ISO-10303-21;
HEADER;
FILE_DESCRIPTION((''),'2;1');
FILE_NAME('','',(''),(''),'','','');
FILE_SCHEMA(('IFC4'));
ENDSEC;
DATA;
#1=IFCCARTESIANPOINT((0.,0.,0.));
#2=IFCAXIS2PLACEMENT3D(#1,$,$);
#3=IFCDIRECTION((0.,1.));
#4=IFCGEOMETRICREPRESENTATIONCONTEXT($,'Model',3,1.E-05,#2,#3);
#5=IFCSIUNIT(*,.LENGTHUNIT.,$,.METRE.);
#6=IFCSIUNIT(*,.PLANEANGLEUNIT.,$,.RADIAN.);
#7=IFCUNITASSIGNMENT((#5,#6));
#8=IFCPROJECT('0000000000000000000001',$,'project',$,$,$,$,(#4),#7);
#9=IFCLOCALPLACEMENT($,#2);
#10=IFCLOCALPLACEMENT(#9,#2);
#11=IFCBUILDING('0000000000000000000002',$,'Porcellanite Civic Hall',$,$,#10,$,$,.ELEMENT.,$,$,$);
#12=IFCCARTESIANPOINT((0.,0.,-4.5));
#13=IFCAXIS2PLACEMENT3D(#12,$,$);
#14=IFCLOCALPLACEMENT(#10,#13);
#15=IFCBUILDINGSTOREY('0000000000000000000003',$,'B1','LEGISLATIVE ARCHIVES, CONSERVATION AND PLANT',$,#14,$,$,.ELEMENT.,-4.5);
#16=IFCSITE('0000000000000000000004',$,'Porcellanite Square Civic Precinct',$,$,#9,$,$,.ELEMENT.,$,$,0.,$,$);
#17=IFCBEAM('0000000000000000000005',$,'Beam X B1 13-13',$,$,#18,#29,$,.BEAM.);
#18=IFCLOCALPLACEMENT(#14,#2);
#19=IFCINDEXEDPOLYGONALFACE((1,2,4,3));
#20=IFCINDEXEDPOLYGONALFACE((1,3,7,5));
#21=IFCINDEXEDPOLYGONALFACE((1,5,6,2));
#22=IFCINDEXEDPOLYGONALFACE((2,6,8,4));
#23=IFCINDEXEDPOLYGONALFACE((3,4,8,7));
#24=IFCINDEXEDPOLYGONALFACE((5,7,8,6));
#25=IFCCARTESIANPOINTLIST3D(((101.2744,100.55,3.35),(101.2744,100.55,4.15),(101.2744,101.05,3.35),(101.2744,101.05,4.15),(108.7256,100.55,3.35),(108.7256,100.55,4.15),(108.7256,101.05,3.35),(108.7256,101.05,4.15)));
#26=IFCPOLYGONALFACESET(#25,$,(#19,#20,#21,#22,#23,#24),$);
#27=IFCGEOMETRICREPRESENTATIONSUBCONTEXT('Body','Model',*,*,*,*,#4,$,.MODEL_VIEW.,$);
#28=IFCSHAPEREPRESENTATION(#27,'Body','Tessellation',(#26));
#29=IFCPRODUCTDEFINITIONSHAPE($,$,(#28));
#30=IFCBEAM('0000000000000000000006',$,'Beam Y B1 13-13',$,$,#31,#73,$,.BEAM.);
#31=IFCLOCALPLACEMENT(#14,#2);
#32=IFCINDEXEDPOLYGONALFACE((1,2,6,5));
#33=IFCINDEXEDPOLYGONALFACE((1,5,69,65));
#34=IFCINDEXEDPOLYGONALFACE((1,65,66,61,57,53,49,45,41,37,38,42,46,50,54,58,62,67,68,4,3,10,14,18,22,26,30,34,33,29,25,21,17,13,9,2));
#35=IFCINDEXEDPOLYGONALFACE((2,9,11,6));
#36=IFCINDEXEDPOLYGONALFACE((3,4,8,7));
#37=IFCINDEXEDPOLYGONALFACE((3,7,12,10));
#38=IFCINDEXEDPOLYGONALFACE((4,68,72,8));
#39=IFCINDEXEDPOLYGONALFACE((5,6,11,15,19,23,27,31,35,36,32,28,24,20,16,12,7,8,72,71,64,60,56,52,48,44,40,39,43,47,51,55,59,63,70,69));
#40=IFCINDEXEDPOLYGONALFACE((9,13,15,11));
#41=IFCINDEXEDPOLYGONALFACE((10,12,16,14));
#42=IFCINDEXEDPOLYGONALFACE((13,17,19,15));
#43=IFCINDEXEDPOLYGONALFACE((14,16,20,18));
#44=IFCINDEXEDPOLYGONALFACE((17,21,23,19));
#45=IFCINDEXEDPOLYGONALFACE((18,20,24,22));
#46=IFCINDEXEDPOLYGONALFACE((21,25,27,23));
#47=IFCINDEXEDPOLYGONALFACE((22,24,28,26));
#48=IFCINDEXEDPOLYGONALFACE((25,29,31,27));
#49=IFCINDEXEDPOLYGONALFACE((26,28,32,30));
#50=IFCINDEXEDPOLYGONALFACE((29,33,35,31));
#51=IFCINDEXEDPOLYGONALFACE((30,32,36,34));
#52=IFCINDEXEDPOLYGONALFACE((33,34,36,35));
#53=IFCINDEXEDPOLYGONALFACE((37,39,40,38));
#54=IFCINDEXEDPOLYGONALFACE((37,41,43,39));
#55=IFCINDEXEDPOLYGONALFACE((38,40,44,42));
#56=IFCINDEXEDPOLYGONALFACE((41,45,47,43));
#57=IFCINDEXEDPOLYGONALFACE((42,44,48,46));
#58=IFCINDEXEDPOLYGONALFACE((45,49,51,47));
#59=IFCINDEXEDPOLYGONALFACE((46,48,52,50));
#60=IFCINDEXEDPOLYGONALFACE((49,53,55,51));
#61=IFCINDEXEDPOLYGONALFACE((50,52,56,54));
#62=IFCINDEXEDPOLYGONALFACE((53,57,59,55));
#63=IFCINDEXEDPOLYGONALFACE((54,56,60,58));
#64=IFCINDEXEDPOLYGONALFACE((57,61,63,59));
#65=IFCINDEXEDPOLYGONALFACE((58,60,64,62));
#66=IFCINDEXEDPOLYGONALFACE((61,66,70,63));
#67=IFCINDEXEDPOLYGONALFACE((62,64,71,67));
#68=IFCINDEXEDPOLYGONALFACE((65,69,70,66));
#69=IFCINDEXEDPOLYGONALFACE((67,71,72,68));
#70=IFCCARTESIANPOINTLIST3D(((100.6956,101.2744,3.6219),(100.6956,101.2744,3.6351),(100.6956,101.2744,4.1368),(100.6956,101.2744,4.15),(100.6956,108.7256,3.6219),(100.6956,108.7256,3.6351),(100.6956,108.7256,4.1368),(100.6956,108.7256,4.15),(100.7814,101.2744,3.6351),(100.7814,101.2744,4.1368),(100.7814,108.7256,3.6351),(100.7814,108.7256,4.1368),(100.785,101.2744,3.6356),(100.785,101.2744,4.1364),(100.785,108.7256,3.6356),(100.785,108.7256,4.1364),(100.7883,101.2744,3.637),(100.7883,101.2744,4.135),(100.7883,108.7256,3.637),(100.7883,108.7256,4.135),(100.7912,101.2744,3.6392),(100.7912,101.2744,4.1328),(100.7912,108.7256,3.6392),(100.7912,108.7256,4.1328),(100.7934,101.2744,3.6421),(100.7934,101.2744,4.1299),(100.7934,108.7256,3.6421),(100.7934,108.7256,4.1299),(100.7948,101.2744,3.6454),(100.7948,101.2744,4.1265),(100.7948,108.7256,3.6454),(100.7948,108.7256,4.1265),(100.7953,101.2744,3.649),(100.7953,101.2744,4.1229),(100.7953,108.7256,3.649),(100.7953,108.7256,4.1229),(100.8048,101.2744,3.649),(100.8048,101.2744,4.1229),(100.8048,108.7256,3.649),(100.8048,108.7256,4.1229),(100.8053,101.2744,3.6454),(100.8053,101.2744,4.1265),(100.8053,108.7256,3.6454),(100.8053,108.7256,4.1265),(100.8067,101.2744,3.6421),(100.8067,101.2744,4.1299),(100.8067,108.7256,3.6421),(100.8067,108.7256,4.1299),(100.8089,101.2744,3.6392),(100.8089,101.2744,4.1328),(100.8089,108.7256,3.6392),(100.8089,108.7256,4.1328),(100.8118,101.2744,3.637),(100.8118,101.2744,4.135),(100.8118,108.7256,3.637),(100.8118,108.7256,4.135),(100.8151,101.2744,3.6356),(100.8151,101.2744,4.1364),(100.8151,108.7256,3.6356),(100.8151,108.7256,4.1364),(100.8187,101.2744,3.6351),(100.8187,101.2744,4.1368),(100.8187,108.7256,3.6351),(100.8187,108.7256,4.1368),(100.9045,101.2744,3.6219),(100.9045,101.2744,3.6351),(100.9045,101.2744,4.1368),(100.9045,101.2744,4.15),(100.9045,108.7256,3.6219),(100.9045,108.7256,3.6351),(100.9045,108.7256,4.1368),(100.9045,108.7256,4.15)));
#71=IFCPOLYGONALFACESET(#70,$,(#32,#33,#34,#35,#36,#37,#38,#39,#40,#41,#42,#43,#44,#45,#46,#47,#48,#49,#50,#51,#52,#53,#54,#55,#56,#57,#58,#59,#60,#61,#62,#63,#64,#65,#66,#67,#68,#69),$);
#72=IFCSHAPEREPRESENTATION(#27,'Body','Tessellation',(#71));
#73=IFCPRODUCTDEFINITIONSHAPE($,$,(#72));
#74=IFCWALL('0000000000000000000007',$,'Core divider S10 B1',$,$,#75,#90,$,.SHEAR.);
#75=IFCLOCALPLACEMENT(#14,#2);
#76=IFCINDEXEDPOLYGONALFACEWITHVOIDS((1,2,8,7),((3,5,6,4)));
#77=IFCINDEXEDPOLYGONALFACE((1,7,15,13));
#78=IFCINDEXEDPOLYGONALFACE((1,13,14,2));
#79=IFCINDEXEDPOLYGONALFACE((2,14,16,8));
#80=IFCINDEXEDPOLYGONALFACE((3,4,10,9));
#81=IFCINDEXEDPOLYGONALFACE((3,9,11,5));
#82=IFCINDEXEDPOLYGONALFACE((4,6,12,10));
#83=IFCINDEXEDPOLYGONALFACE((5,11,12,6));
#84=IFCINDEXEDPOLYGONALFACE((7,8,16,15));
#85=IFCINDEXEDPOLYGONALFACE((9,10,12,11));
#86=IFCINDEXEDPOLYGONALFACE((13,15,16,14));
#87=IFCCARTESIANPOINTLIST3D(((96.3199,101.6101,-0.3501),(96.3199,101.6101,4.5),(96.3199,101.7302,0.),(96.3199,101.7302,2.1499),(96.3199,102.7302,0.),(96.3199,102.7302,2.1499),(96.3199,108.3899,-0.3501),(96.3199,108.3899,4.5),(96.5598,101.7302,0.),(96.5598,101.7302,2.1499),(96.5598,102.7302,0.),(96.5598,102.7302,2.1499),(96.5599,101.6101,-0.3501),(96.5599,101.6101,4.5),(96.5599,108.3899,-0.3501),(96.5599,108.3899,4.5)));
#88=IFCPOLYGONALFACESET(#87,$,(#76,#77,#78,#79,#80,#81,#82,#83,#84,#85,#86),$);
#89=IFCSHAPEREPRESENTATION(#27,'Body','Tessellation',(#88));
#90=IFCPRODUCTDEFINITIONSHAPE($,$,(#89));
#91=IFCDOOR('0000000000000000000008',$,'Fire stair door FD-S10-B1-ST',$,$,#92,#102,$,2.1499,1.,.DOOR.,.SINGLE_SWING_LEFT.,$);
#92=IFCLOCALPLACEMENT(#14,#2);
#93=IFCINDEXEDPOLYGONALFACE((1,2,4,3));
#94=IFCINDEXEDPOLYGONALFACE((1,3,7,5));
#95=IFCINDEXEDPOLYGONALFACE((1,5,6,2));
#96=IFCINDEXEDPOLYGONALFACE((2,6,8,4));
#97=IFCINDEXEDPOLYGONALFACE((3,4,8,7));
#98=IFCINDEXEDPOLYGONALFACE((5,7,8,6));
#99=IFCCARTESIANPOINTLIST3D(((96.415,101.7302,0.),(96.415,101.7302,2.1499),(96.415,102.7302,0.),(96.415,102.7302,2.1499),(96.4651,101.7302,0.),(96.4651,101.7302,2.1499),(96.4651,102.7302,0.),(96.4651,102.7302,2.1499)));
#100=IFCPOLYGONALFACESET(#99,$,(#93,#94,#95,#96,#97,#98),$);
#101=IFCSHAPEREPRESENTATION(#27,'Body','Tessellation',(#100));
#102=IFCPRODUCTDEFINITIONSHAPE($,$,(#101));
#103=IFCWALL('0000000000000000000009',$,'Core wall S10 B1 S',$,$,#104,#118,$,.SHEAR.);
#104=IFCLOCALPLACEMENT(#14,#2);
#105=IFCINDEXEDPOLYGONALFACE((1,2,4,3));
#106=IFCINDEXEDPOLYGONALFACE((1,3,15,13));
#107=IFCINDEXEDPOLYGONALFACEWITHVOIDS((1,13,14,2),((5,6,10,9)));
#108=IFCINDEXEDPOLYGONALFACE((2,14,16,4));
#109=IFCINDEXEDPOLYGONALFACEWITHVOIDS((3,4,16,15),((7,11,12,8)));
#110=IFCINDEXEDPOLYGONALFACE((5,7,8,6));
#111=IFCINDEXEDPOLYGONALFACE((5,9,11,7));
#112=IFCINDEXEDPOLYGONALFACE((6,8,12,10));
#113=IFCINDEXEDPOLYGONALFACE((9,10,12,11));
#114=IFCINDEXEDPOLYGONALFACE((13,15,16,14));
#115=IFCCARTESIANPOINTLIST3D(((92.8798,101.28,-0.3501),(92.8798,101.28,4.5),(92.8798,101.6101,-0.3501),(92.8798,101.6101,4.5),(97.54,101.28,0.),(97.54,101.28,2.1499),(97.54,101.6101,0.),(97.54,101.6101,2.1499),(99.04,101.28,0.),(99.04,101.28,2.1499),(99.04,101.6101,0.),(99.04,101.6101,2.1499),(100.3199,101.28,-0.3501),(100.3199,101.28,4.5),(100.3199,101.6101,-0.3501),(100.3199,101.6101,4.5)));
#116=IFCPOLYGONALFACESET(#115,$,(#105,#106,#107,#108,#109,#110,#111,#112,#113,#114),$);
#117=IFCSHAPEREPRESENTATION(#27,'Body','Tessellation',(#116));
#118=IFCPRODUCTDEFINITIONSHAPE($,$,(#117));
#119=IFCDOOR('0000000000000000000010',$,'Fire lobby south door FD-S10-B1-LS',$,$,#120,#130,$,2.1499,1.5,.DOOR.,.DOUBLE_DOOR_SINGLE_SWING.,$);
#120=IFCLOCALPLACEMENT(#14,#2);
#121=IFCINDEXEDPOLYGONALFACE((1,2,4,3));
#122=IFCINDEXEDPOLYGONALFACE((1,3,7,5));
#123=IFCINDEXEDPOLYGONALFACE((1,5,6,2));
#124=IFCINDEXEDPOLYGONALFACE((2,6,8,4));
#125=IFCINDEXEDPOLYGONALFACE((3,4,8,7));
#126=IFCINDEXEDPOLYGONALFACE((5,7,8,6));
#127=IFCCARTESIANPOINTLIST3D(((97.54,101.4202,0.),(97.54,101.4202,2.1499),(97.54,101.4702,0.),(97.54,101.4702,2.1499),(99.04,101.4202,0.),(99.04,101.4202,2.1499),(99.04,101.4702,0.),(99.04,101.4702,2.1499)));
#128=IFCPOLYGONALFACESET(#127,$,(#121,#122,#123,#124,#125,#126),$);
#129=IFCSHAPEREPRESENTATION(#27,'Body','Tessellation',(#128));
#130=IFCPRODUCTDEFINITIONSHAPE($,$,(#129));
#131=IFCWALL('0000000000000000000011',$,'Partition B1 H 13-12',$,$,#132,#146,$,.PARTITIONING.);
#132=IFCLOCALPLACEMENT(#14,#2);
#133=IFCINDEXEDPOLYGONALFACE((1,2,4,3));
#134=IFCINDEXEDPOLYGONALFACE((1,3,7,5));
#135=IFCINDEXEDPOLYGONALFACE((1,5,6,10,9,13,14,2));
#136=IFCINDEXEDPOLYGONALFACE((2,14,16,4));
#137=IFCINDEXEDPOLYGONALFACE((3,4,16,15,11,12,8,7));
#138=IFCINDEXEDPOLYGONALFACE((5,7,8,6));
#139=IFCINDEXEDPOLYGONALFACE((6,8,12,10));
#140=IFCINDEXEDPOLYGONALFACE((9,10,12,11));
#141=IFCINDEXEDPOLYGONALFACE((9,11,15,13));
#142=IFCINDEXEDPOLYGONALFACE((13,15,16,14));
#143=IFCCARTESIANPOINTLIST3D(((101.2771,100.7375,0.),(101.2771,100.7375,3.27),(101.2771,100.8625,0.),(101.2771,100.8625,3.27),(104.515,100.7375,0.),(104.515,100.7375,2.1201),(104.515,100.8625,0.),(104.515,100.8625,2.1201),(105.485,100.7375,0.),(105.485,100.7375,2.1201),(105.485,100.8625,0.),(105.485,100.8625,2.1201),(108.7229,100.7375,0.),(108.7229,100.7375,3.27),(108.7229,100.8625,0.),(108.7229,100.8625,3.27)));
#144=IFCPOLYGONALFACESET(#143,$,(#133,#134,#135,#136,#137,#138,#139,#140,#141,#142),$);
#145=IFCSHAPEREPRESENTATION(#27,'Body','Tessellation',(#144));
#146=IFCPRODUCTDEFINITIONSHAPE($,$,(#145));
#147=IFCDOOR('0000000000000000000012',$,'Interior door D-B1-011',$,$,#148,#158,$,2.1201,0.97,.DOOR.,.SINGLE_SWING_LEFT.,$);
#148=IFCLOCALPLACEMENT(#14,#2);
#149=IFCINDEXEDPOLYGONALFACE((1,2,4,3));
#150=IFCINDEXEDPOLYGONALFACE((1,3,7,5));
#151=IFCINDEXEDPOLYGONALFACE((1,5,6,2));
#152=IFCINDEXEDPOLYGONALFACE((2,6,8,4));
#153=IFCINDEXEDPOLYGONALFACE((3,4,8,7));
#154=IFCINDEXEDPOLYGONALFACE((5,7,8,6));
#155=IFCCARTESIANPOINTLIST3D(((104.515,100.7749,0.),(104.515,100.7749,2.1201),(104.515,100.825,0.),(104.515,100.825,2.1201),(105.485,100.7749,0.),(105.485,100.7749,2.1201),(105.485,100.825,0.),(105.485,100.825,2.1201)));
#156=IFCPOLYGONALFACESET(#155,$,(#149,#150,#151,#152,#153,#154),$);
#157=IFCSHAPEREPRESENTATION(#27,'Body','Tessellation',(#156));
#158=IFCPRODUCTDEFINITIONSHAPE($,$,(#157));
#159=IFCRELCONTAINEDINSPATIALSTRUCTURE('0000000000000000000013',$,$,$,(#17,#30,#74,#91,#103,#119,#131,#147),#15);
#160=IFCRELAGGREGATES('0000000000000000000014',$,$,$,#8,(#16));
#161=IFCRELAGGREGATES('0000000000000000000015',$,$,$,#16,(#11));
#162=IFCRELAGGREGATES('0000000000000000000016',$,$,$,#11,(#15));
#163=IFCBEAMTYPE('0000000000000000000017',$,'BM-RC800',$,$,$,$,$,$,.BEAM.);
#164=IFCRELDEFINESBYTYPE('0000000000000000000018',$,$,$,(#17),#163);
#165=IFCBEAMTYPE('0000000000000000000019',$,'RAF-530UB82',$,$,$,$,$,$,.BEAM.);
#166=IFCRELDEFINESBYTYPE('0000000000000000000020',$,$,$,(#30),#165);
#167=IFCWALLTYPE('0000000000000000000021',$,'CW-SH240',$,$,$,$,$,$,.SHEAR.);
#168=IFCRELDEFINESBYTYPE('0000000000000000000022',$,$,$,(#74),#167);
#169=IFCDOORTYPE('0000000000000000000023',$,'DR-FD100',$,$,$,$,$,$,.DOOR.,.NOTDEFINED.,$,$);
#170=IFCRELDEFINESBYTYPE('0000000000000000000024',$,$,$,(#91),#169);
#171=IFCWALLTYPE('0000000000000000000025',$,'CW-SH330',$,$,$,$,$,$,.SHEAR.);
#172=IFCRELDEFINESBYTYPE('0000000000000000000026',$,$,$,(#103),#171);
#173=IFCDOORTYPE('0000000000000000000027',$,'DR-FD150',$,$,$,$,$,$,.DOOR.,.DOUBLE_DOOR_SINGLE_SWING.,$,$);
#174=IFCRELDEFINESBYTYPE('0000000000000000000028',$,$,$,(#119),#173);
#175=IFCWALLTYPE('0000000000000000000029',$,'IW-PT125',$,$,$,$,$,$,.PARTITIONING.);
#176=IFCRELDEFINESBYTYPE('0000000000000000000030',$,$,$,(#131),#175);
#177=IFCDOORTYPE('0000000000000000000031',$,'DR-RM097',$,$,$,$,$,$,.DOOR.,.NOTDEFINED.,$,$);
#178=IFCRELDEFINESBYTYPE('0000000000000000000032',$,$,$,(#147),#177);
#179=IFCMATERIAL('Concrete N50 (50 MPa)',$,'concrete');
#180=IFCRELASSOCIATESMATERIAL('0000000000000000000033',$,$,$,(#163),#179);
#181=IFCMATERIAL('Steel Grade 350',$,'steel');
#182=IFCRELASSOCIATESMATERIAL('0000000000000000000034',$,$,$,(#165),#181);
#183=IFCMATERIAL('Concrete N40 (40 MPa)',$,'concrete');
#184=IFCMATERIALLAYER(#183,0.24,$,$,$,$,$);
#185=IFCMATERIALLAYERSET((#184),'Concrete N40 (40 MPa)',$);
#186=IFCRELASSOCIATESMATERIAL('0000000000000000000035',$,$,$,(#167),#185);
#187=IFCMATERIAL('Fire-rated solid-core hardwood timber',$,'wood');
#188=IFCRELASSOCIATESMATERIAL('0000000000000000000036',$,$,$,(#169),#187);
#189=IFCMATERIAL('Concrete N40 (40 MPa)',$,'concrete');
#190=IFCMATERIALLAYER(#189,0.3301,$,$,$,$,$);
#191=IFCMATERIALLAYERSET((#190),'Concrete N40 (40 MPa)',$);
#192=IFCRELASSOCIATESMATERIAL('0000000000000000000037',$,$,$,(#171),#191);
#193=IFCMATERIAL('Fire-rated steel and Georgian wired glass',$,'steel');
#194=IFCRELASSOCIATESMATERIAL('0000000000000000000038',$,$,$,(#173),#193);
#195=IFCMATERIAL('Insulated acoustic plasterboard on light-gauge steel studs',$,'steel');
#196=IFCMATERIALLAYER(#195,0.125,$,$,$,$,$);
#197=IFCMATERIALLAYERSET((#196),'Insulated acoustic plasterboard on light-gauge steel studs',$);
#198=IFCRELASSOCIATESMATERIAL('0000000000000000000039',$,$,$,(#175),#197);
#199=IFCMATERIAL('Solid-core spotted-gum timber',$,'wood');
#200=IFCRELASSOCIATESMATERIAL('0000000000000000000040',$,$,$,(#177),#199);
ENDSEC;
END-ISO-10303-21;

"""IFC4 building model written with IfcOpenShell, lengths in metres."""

from ifc_helpers import new_model, si_unit, direction, frame, frame_2d, origin, origin_2d, place, context, subcontext, project, spatial, rectangle, i_section, extrude, material, layer, layer_set, material_profile, profile_set, type_object, element, fill, save


model = new_model("IFC4")

# Units and contexts
model_context = context("Model", 3, precision=1e-05, world=origin(), true_north=direction((0.0, 1.0)))
body_context = subcontext(model_context, "Body", "Model", "MODEL_VIEW")
ifc_project = project(units=[si_unit("LENGTHUNIT", "METRE"), si_unit("PLANEANGLEUNIT", "RADIAN")], contexts=[model_context])

# Site, building, storey
site_placement = place(None, origin())
site = spatial("IfcSite", under=ifc_project, at=site_placement, Name="Porcellanite Square Civic Precinct", CompositionType="ELEMENT", RefElevation=0.0)
building_placement = place(site_placement, origin())
building = spatial("IfcBuilding", under=site, at=building_placement, Name="Porcellanite Civic Hall", CompositionType="ELEMENT")
storey_placement = place(building_placement, frame((0.0, 0.0, -4.5)))
storey = spatial("IfcBuildingStorey", under=building, at=storey_placement, Name="B1", Description="LEGISLATIVE ARCHIVES, CONSERVATION AND PLANT", CompositionType="ELEMENT", Elevation=-4.5)

# Beams
ifc_material_1 = material(Name="Concrete N50 (50 MPa)", Category="concrete")
ifc_material_profile_1 = material_profile(ifc_material_1, rectangle(XDim=0.5, YDim=0.8, at=origin_2d()), Name="RC-500x800")
ifc_profile_set_1 = profile_set([ifc_material_profile_1], Name="Concrete N50 (50 MPa)")
beam_type_1 = type_object("IfcBeamType", Name="BM-RC800", PredefinedType="BEAM", material=ifc_profile_set_1)
beam_1_placement = place(storey_placement, frame((101.2744, 100.8, 3.75), z_axis=(1.0, 0.0, 0.0), x_axis=(0.0, 1.0, 0.0)))
element("IfcBeam", 1, at=beam_1_placement, inside=storey, type_object=beam_type_1, Name="Beam X B1 13-13", PredefinedType="BEAM", context=body_context, shape_type="SweptSolid", body=[
    extrude(rectangle(XDim=0.5, YDim=0.8, at=origin_2d()), origin(), (0.0, 0.0, 1.0), 7.4512),
])
ifc_material_2 = material(Name="Steel Grade 350", Category="steel")
ifc_material_profile_2 = material_profile(ifc_material_2, i_section(OverallWidth=0.209, OverallDepth=0.5281, WebThickness=0.0095, FlangeThickness=0.0132, FilletRadius=0.0139, at=origin_2d()), Name="530UB82.0")
ifc_profile_set_2 = profile_set([ifc_material_profile_2], Name="Steel Grade 350")
beam_type_2 = type_object("IfcBeamType", Name="RAF-530UB82", PredefinedType="BEAM", material=ifc_profile_set_2)
beam_2_placement = place(storey_placement, frame((100.8, 101.2744, 3.886), z_axis=(0.0, 1.0, 0.0), x_axis=(-1.0, 0.0, 0.0)))
element("IfcBeam", 2, at=beam_2_placement, inside=storey, type_object=beam_type_2, Name="Beam Y B1 13-13", PredefinedType="BEAM", context=body_context, shape_type="SweptSolid", body=[
    extrude(i_section(OverallWidth=0.209, OverallDepth=0.5281, WebThickness=0.0095, FlangeThickness=0.0132, FilletRadius=0.0139, at=origin_2d()), origin(), (0.0, 0.0, 1.0), 7.4512),
])

# Walls, openings, doors
ifc_material_3 = material(Name="Concrete N40 (40 MPa)", Category="concrete")
ifc_layer_1 = layer(ifc_material_3, 0.24)
ifc_layer_set_1 = layer_set([ifc_layer_1], Name="Concrete N40 (40 MPa)")
wall_type_1 = type_object("IfcWallType", Name="CW-SH240", PredefinedType="SHEAR", material=ifc_layer_set_1)
wall_1_placement = place(storey_placement, frame((96.4399, 101.6101, -0.3501), z_axis=(0.0, 0.0, 1.0), x_axis=(0.0, 1.0, 0.0)))
wall_1 = element("IfcWall", 3, at=wall_1_placement, inside=storey, type_object=wall_type_1, Name="Core divider S10 B1", PredefinedType="SHEAR", context=body_context, shape_type="SweptSolid", body=[
    extrude(rectangle(XDim=6.7798, YDim=0.24, at=frame_2d((3.3899, 0.0))), origin(), (0.0, 0.0, 1.0), 4.8501),
])
opening_1_placement = place(wall_1_placement, frame((0.1201, 0.0, 0.3501)))
opening_1 = element("IfcOpeningElement", 4, at=opening_1_placement, cuts=wall_1, PredefinedType="OPENING", context=body_context, shape_type="SweptSolid", body=[
    extrude(rectangle(XDim=1.0, YDim=2.1499, at=frame_2d((0.5, 1.075))), frame((0.0, 0.1201, 0.0), z_axis=(0.0, -1.0, 0.0), x_axis=(1.0, 0.0, 0.0)), (0.0, 0.0, 1.0), 0.24),
])
ifc_material_4 = material(Name="Fire-rated solid-core hardwood timber", Category="wood")
door_type_1 = type_object("IfcDoorType", Name="DR-FD100", OperationType="NOTDEFINED", PredefinedType="DOOR", material=ifc_material_4)
door_1_placement = place(opening_1_placement, origin())
door_1 = element("IfcDoor", 5, at=door_1_placement, inside=storey, type_object=door_type_1, Name="Fire stair door FD-S10-B1-ST", OperationType="SINGLE_SWING_LEFT", OverallHeight=2.1499, OverallWidth=1.0, PredefinedType="DOOR", context=body_context, shape_type="SweptSolid", body=[
    extrude(rectangle(XDim=1.0, YDim=2.1499, at=frame_2d((0.5, 1.075))), frame((0.0, 0.0249, 0.0), z_axis=(0.0, -1.0, 0.0), x_axis=(1.0, 0.0, 0.0)), (0.0, 0.0, 1.0), 0.05),
])
fill(opening_1, door_1)
ifc_material_5 = material(Name="Concrete N40 (40 MPa)", Category="concrete")
ifc_layer_2 = layer(ifc_material_5, 0.3301)
ifc_layer_set_2 = layer_set([ifc_layer_2], Name="Concrete N40 (40 MPa)")
wall_type_2 = type_object("IfcWallType", Name="CW-SH330", PredefinedType="SHEAR", material=ifc_layer_set_2)
wall_2_placement = place(storey_placement, frame((100.3201, 101.4451, -0.3501), z_axis=(0.0, 0.0, 1.0), x_axis=(-1.0, 0.0, 0.0)))
wall_2 = element("IfcWall", 6, at=wall_2_placement, inside=storey, type_object=wall_type_2, Name="Core wall S10 B1 S", PredefinedType="SHEAR", context=body_context, shape_type="SweptSolid", body=[
    extrude(rectangle(XDim=7.4402, YDim=0.3301, at=frame_2d((3.7202, 0.0))), origin(), (0.0, 0.0, 1.0), 4.8501),
])
opening_2_placement = place(wall_2_placement, frame((1.28, 0.0, 0.3501)))
opening_2 = element("IfcOpeningElement", 7, at=opening_2_placement, cuts=wall_2, PredefinedType="OPENING", context=body_context, shape_type="SweptSolid", body=[
    extrude(rectangle(XDim=1.5, YDim=2.1499, at=frame_2d((0.75, 1.075))), frame((0.0, 0.165, 0.0), z_axis=(0.0, -1.0, 0.0), x_axis=(1.0, 0.0, 0.0)), (0.0, 0.0, 1.0), 0.3301),
])
ifc_material_6 = material(Name="Fire-rated steel and Georgian wired glass", Category="steel")
door_type_2 = type_object("IfcDoorType", Name="DR-FD150", OperationType="DOUBLE_DOOR_SINGLE_SWING", PredefinedType="DOOR", material=ifc_material_6)
door_2_placement = place(opening_2_placement, origin())
door_2 = element("IfcDoor", 8, at=door_2_placement, inside=storey, type_object=door_type_2, Name="Fire lobby south door FD-S10-B1-LS", OperationType="DOUBLE_DOOR_SINGLE_SWING", OverallHeight=2.1499, OverallWidth=1.5, PredefinedType="DOOR", context=body_context, shape_type="SweptSolid", body=[
    extrude(rectangle(XDim=1.5, YDim=2.1499, at=frame_2d((0.75, 1.075))), frame((0.0, 0.0249, 0.0), z_axis=(0.0, -1.0, 0.0), x_axis=(1.0, 0.0, 0.0)), (0.0, 0.0, 1.0), 0.05),
])
fill(opening_2, door_2)
ifc_material_7 = material(Name="Insulated acoustic plasterboard on light-gauge steel studs", Category="steel")
ifc_layer_3 = layer(ifc_material_7, 0.125)
ifc_layer_set_3 = layer_set([ifc_layer_3], Name="Insulated acoustic plasterboard on light-gauge steel studs")
wall_type_3 = type_object("IfcWallType", Name="IW-PT125", PredefinedType="PARTITIONING", material=ifc_layer_set_3)
wall_3_placement = place(storey_placement, frame((101.2771, 100.8, 0.0), z_axis=(0.0, 0.0, 1.0), x_axis=(1.0, 0.0, 0.0)))
wall_3 = element("IfcWall", 9, at=wall_3_placement, inside=storey, type_object=wall_type_3, Name="Partition B1 H 13-12", PredefinedType="PARTITIONING", context=body_context, shape_type="SweptSolid", body=[
    extrude(rectangle(XDim=7.4458, YDim=0.125, at=frame_2d((3.7229, 0.0))), origin(), (0.0, 0.0, 1.0), 3.27),
])
opening_3_placement = place(wall_3_placement, frame((3.238, 0.0, 0.0)))
opening_3 = element("IfcOpeningElement", 10, at=opening_3_placement, cuts=wall_3, PredefinedType="OPENING", context=body_context, shape_type="SweptSolid", body=[
    extrude(rectangle(XDim=0.97, YDim=2.1201, at=frame_2d((0.4849, 1.0601))), frame((0.0, 0.0625, 0.0), z_axis=(0.0, -1.0, 0.0), x_axis=(1.0, 0.0, 0.0)), (0.0, 0.0, 1.0), 0.125),
])
ifc_material_8 = material(Name="Solid-core spotted-gum timber", Category="wood")
door_type_3 = type_object("IfcDoorType", Name="DR-RM097", OperationType="NOTDEFINED", PredefinedType="DOOR", material=ifc_material_8)
door_3_placement = place(opening_3_placement, origin())
door_3 = element("IfcDoor", 11, at=door_3_placement, inside=storey, type_object=door_type_3, Name="Interior door D-B1-011", OperationType="SINGLE_SWING_LEFT", OverallHeight=2.1201, OverallWidth=0.97, PredefinedType="DOOR", context=body_context, shape_type="SweptSolid", body=[
    extrude(rectangle(XDim=0.97, YDim=2.1201, at=frame_2d((0.4849, 1.0601))), frame((0.0, 0.0249, 0.0), z_axis=(0.0, -1.0, 0.0), x_axis=(1.0, 0.0, 0.0)), (0.0, 0.0, 1.0), 0.05),
])
fill(opening_3, door_3)

save(model, "model.ifc")
